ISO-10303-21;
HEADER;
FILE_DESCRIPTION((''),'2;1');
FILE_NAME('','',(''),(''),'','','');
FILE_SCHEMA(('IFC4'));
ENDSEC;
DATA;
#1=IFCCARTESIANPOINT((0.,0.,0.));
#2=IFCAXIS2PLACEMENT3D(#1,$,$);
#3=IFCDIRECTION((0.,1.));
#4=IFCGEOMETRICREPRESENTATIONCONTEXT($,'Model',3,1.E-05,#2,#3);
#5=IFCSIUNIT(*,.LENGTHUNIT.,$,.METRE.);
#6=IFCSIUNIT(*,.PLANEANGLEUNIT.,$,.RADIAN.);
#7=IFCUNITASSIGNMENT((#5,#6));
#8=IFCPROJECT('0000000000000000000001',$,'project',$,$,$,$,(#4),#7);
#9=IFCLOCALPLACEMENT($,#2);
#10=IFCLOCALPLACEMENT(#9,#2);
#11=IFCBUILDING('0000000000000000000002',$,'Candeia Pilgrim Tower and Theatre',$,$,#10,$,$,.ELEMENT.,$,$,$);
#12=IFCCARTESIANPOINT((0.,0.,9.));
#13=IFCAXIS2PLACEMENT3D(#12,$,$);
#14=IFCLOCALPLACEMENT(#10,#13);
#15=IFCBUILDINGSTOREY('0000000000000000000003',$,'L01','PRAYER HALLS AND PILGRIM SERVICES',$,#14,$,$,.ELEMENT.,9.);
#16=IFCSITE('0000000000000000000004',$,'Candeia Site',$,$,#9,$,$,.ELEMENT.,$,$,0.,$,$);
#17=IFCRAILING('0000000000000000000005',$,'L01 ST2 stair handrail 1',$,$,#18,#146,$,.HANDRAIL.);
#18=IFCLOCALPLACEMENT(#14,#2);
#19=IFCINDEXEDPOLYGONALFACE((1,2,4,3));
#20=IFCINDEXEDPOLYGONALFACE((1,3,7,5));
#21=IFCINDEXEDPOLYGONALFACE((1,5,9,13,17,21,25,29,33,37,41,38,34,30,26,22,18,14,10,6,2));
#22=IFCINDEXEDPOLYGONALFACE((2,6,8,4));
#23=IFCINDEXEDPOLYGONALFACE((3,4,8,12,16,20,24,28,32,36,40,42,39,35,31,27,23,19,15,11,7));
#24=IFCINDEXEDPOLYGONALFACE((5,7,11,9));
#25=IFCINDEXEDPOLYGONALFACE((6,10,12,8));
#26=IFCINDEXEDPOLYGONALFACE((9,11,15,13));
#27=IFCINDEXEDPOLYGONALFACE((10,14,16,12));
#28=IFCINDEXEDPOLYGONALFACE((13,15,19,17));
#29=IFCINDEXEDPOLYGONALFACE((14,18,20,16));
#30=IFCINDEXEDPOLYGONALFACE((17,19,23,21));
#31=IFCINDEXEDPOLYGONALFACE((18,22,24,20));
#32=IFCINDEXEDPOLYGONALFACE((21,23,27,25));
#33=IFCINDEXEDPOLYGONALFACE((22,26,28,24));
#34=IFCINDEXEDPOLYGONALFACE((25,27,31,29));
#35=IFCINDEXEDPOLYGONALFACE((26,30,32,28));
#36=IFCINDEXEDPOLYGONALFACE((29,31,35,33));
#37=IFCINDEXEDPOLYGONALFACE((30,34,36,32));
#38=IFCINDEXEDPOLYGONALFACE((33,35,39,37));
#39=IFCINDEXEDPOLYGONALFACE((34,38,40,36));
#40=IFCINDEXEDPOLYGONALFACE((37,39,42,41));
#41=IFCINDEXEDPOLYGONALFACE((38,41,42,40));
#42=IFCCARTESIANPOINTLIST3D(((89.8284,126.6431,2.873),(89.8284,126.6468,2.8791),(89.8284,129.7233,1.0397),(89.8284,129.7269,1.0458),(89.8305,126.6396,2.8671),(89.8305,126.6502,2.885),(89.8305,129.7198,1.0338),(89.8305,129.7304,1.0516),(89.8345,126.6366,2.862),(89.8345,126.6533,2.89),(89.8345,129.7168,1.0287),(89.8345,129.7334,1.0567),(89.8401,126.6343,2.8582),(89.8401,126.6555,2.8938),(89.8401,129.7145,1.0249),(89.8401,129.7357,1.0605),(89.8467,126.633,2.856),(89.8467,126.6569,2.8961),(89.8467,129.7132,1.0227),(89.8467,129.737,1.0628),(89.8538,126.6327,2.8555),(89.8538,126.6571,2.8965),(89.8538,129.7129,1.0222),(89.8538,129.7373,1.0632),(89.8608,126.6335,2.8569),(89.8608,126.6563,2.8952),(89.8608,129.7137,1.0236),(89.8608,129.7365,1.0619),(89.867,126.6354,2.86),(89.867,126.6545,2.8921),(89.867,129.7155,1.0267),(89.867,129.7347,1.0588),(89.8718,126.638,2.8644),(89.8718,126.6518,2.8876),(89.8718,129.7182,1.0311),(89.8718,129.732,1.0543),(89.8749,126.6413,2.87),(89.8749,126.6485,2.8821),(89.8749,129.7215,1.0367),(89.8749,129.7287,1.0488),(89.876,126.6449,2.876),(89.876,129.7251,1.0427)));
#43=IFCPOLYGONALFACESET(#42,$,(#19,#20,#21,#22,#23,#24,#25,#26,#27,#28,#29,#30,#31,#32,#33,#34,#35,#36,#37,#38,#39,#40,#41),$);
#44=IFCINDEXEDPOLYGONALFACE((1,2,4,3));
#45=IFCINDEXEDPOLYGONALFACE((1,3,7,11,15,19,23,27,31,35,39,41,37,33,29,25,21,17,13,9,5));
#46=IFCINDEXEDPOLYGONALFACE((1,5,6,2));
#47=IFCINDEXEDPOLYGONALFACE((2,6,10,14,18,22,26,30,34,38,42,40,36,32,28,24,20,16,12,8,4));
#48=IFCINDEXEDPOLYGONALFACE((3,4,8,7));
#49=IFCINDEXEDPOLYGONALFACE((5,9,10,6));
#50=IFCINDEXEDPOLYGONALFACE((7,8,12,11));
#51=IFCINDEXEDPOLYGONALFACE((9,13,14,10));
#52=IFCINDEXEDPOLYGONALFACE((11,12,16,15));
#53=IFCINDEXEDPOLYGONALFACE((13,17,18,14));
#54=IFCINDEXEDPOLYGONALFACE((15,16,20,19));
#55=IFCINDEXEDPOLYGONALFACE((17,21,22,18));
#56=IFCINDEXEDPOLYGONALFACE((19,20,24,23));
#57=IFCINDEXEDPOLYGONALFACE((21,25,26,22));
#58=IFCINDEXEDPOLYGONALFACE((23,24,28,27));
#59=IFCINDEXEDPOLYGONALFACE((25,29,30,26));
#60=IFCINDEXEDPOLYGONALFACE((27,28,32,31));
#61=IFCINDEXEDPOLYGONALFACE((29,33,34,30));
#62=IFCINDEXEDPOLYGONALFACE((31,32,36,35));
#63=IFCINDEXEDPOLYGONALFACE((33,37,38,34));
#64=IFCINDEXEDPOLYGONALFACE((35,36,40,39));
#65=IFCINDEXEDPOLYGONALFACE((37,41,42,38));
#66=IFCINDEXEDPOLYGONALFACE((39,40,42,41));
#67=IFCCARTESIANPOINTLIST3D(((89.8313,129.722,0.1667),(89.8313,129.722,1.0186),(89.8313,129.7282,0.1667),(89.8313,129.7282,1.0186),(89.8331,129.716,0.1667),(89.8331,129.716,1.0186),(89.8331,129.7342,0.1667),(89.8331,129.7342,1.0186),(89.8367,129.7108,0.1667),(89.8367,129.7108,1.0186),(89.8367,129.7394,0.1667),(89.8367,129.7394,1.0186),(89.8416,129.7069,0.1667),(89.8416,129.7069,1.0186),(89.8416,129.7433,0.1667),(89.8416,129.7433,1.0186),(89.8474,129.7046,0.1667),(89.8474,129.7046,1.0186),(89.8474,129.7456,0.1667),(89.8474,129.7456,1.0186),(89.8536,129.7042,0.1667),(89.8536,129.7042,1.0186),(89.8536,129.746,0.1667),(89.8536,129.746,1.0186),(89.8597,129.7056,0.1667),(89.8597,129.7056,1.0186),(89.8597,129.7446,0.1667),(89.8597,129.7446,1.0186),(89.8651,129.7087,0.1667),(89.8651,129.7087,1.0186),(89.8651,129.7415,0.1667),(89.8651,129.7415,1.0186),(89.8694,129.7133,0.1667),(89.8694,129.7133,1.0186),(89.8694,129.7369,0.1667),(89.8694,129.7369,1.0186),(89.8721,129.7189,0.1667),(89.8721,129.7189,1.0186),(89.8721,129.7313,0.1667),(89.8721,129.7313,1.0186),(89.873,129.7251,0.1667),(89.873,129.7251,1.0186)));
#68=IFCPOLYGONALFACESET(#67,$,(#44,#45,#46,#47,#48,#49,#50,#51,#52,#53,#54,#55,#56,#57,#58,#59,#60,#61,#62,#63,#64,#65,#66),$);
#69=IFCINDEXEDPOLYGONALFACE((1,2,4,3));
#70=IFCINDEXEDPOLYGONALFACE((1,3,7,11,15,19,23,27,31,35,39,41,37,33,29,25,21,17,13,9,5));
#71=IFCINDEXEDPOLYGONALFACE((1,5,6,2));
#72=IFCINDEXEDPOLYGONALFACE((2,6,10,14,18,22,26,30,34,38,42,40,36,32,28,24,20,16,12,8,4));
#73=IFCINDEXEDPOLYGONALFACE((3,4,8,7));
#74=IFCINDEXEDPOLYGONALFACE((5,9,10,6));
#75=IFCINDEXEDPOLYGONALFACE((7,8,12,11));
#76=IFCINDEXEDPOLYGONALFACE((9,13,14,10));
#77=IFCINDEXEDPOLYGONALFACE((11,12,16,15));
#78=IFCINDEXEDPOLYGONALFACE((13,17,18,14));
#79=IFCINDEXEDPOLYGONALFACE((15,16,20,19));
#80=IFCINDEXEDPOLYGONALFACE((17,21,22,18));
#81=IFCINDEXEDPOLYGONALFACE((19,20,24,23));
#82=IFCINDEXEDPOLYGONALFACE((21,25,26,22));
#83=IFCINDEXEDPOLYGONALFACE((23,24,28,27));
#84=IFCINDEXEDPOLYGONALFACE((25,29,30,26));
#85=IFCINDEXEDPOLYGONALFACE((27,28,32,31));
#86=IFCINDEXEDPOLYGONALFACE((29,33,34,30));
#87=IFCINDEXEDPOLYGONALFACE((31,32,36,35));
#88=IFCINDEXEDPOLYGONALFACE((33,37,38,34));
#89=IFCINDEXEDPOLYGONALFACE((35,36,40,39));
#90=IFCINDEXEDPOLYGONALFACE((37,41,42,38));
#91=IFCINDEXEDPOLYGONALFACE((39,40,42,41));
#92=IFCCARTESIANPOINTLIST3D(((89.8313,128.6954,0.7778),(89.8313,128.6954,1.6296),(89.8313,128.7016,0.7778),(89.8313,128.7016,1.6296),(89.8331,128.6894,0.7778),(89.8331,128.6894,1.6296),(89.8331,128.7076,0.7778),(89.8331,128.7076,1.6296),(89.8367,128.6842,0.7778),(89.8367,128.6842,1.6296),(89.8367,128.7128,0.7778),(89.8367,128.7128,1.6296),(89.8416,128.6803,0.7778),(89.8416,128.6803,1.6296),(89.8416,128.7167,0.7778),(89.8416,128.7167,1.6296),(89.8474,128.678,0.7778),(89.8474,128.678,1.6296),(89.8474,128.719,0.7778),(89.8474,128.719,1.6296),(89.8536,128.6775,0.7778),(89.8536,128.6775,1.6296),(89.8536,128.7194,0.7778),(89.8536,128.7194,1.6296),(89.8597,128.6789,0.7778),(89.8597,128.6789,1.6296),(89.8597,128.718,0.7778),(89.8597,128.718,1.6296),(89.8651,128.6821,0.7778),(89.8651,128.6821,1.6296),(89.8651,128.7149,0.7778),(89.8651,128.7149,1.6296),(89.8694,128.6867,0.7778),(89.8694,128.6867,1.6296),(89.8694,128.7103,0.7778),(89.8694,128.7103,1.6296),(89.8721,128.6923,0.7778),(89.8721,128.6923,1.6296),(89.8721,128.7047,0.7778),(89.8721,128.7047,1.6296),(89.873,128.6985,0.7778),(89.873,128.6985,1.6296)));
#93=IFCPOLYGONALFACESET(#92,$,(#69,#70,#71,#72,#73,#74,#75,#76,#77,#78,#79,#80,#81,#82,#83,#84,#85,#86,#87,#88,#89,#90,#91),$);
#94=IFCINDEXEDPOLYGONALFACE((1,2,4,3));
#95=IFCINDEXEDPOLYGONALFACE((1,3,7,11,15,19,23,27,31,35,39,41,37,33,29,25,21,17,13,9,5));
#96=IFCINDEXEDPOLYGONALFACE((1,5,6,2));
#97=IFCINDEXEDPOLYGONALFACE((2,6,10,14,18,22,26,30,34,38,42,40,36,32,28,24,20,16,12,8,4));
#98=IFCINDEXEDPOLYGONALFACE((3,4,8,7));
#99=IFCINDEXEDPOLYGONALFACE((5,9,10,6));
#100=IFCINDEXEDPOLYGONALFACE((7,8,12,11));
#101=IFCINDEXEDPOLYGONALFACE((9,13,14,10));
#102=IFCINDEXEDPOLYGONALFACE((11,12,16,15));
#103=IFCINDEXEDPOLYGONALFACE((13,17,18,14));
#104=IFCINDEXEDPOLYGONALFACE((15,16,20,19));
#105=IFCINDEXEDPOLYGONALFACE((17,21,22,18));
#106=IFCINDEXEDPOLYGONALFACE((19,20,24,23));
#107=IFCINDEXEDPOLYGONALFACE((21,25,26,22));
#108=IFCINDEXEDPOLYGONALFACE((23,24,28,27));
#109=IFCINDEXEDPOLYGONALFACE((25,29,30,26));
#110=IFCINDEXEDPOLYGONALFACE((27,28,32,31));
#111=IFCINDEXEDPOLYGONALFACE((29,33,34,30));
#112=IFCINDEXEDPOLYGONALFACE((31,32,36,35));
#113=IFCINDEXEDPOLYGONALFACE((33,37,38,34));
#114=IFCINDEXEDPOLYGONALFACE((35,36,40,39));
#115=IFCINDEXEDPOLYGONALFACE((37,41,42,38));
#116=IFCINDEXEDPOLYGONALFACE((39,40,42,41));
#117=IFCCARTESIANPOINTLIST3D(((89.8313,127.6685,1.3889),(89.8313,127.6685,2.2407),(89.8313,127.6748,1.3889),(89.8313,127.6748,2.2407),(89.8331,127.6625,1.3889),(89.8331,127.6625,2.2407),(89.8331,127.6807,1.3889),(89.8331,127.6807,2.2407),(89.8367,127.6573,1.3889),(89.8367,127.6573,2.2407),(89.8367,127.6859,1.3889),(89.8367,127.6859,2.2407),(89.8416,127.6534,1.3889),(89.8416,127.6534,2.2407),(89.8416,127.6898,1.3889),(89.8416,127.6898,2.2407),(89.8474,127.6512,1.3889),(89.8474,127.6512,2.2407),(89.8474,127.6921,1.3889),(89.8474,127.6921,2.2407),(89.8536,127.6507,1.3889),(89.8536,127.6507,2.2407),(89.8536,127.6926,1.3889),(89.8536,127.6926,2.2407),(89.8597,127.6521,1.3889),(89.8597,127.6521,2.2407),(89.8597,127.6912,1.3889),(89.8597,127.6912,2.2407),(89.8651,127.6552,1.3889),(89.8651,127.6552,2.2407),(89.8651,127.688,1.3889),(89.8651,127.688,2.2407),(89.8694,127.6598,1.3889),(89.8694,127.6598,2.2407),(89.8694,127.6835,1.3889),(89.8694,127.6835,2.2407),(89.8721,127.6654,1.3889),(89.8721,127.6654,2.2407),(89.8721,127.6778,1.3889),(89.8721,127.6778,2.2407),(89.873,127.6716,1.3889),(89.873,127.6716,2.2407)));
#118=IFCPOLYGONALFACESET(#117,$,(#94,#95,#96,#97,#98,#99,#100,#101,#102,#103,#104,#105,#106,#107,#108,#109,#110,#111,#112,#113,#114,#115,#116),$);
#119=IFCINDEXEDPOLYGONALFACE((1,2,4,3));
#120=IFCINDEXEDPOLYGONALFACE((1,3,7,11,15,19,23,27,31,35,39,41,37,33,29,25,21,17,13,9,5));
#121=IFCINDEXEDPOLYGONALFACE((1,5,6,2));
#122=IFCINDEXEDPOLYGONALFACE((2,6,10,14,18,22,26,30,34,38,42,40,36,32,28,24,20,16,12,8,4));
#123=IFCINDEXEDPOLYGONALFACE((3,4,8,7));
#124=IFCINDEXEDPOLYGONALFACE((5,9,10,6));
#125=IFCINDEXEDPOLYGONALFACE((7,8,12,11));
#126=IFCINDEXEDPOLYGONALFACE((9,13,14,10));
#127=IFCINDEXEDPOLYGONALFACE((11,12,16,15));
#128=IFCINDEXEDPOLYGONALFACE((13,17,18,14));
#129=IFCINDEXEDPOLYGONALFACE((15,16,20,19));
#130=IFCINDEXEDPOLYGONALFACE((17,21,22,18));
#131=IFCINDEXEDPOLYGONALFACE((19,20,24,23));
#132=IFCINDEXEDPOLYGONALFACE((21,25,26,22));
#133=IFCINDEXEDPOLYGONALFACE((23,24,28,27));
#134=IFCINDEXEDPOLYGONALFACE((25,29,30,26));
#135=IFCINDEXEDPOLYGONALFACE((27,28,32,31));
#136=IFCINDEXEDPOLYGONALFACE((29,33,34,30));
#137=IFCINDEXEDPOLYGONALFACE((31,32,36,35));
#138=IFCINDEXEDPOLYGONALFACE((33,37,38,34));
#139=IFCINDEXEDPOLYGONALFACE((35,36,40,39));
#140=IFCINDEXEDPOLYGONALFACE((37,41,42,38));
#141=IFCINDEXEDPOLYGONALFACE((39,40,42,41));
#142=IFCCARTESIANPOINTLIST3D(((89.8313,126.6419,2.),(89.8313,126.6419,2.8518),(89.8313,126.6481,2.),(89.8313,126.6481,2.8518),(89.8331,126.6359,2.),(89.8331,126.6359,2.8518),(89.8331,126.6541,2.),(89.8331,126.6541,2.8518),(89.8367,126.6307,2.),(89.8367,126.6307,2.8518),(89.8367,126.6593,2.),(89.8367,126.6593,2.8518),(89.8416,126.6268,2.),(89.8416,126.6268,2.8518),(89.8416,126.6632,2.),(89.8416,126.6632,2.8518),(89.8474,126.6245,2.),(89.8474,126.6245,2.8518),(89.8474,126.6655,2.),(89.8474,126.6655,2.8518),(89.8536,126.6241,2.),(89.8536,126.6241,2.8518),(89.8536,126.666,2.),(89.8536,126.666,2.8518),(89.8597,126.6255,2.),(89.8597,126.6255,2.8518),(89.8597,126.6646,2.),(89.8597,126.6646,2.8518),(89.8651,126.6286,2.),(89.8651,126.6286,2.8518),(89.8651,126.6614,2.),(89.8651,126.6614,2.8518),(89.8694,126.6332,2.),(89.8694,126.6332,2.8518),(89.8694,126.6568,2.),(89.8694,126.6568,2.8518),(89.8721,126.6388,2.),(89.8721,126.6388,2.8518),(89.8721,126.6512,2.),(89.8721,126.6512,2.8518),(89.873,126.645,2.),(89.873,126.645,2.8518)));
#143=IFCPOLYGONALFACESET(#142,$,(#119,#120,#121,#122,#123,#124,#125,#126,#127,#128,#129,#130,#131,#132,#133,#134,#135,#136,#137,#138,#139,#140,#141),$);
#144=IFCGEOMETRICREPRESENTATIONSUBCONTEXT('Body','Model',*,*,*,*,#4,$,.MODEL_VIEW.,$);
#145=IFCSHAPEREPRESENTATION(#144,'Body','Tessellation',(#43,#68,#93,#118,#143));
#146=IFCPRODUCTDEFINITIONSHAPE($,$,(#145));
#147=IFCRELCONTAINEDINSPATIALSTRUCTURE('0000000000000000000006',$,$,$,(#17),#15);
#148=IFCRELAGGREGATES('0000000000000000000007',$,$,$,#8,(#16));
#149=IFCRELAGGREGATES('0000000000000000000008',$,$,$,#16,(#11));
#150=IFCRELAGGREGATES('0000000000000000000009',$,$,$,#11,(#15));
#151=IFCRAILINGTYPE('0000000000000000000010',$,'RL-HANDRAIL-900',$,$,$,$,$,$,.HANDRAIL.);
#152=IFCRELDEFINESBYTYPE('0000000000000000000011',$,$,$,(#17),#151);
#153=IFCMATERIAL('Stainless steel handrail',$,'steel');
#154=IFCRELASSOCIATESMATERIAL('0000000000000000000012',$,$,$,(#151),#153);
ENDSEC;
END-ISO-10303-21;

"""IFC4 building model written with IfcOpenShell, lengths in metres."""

from ifc_helpers import new_model, si_unit, direction, frame, origin, origin_2d, place, context, subcontext, project, spatial, circle, extrude, material, type_object, element, save


model = new_model("IFC4")

# Units and contexts
model_context = context("Model", 3, precision=1e-05, world=origin(), true_north=direction((0.0, 1.0)))
body_context = subcontext(model_context, "Body", "Model", "MODEL_VIEW")
ifc_project = project(units=[si_unit("LENGTHUNIT", "METRE"), si_unit("PLANEANGLEUNIT", "RADIAN")], contexts=[model_context])

# Site, building, storey
site_placement = place(None, origin())
site = spatial("IfcSite", under=ifc_project, at=site_placement, Name="Candeia Site", CompositionType="ELEMENT", RefElevation=0.0)
building_placement = place(site_placement, origin())
building = spatial("IfcBuilding", under=site, at=building_placement, Name="Candeia Pilgrim Tower and Theatre", CompositionType="ELEMENT")
storey_placement = place(building_placement, frame((0.0, 0.0, 9.0)))
storey = spatial("IfcBuildingStorey", under=building, at=storey_placement, Name="L01", Description="PRAYER HALLS AND PILGRIM SERVICES", CompositionType="ELEMENT", Elevation=9.0)

# Railing
ifc_material_1 = material(Name="Stainless steel handrail", Category="steel")
railing_type_1 = type_object("IfcRailingType", Name="RL-HANDRAIL-900", PredefinedType="HANDRAIL", material=ifc_material_1)
for number, where, name in (
    (1, (89.8521, 129.7251, 0.1667), "L01 ST2 stair handrail 1"),
):
    element("IfcRailing", number, at=place(storey_placement, frame(where)), inside=storey, type_object=railing_type_1, Name=name, PredefinedType="HANDRAIL", context=body_context, shape_type="SweptSolid", body=[
        extrude(circle(Radius=0.0239, at=origin_2d()), frame((0.0, 0.0, 0.876), z_axis=(0.0, -0.859309, 0.511458), x_axis=(1.0, 0.0, 0.0)), (0.0, 0.0, 1.0), 3.5845),
        extrude(circle(Radius=0.021, at=origin_2d()), origin(), (0.0, 0.0, 1.0), 0.8518),
        extrude(circle(Radius=0.021, at=origin_2d()), frame((0.0, -1.0266, 0.6111)), (0.0, 0.0, 1.0), 0.8518),
        extrude(circle(Radius=0.021, at=origin_2d()), frame((0.0, -2.0535, 1.2222)), (0.0, 0.0, 1.0), 0.8518),
        extrude(circle(Radius=0.021, at=origin_2d()), frame((0.0, -3.0801, 1.8333)), (0.0, 0.0, 1.0), 0.8518),
    ])

save(model, "model.ifc")
